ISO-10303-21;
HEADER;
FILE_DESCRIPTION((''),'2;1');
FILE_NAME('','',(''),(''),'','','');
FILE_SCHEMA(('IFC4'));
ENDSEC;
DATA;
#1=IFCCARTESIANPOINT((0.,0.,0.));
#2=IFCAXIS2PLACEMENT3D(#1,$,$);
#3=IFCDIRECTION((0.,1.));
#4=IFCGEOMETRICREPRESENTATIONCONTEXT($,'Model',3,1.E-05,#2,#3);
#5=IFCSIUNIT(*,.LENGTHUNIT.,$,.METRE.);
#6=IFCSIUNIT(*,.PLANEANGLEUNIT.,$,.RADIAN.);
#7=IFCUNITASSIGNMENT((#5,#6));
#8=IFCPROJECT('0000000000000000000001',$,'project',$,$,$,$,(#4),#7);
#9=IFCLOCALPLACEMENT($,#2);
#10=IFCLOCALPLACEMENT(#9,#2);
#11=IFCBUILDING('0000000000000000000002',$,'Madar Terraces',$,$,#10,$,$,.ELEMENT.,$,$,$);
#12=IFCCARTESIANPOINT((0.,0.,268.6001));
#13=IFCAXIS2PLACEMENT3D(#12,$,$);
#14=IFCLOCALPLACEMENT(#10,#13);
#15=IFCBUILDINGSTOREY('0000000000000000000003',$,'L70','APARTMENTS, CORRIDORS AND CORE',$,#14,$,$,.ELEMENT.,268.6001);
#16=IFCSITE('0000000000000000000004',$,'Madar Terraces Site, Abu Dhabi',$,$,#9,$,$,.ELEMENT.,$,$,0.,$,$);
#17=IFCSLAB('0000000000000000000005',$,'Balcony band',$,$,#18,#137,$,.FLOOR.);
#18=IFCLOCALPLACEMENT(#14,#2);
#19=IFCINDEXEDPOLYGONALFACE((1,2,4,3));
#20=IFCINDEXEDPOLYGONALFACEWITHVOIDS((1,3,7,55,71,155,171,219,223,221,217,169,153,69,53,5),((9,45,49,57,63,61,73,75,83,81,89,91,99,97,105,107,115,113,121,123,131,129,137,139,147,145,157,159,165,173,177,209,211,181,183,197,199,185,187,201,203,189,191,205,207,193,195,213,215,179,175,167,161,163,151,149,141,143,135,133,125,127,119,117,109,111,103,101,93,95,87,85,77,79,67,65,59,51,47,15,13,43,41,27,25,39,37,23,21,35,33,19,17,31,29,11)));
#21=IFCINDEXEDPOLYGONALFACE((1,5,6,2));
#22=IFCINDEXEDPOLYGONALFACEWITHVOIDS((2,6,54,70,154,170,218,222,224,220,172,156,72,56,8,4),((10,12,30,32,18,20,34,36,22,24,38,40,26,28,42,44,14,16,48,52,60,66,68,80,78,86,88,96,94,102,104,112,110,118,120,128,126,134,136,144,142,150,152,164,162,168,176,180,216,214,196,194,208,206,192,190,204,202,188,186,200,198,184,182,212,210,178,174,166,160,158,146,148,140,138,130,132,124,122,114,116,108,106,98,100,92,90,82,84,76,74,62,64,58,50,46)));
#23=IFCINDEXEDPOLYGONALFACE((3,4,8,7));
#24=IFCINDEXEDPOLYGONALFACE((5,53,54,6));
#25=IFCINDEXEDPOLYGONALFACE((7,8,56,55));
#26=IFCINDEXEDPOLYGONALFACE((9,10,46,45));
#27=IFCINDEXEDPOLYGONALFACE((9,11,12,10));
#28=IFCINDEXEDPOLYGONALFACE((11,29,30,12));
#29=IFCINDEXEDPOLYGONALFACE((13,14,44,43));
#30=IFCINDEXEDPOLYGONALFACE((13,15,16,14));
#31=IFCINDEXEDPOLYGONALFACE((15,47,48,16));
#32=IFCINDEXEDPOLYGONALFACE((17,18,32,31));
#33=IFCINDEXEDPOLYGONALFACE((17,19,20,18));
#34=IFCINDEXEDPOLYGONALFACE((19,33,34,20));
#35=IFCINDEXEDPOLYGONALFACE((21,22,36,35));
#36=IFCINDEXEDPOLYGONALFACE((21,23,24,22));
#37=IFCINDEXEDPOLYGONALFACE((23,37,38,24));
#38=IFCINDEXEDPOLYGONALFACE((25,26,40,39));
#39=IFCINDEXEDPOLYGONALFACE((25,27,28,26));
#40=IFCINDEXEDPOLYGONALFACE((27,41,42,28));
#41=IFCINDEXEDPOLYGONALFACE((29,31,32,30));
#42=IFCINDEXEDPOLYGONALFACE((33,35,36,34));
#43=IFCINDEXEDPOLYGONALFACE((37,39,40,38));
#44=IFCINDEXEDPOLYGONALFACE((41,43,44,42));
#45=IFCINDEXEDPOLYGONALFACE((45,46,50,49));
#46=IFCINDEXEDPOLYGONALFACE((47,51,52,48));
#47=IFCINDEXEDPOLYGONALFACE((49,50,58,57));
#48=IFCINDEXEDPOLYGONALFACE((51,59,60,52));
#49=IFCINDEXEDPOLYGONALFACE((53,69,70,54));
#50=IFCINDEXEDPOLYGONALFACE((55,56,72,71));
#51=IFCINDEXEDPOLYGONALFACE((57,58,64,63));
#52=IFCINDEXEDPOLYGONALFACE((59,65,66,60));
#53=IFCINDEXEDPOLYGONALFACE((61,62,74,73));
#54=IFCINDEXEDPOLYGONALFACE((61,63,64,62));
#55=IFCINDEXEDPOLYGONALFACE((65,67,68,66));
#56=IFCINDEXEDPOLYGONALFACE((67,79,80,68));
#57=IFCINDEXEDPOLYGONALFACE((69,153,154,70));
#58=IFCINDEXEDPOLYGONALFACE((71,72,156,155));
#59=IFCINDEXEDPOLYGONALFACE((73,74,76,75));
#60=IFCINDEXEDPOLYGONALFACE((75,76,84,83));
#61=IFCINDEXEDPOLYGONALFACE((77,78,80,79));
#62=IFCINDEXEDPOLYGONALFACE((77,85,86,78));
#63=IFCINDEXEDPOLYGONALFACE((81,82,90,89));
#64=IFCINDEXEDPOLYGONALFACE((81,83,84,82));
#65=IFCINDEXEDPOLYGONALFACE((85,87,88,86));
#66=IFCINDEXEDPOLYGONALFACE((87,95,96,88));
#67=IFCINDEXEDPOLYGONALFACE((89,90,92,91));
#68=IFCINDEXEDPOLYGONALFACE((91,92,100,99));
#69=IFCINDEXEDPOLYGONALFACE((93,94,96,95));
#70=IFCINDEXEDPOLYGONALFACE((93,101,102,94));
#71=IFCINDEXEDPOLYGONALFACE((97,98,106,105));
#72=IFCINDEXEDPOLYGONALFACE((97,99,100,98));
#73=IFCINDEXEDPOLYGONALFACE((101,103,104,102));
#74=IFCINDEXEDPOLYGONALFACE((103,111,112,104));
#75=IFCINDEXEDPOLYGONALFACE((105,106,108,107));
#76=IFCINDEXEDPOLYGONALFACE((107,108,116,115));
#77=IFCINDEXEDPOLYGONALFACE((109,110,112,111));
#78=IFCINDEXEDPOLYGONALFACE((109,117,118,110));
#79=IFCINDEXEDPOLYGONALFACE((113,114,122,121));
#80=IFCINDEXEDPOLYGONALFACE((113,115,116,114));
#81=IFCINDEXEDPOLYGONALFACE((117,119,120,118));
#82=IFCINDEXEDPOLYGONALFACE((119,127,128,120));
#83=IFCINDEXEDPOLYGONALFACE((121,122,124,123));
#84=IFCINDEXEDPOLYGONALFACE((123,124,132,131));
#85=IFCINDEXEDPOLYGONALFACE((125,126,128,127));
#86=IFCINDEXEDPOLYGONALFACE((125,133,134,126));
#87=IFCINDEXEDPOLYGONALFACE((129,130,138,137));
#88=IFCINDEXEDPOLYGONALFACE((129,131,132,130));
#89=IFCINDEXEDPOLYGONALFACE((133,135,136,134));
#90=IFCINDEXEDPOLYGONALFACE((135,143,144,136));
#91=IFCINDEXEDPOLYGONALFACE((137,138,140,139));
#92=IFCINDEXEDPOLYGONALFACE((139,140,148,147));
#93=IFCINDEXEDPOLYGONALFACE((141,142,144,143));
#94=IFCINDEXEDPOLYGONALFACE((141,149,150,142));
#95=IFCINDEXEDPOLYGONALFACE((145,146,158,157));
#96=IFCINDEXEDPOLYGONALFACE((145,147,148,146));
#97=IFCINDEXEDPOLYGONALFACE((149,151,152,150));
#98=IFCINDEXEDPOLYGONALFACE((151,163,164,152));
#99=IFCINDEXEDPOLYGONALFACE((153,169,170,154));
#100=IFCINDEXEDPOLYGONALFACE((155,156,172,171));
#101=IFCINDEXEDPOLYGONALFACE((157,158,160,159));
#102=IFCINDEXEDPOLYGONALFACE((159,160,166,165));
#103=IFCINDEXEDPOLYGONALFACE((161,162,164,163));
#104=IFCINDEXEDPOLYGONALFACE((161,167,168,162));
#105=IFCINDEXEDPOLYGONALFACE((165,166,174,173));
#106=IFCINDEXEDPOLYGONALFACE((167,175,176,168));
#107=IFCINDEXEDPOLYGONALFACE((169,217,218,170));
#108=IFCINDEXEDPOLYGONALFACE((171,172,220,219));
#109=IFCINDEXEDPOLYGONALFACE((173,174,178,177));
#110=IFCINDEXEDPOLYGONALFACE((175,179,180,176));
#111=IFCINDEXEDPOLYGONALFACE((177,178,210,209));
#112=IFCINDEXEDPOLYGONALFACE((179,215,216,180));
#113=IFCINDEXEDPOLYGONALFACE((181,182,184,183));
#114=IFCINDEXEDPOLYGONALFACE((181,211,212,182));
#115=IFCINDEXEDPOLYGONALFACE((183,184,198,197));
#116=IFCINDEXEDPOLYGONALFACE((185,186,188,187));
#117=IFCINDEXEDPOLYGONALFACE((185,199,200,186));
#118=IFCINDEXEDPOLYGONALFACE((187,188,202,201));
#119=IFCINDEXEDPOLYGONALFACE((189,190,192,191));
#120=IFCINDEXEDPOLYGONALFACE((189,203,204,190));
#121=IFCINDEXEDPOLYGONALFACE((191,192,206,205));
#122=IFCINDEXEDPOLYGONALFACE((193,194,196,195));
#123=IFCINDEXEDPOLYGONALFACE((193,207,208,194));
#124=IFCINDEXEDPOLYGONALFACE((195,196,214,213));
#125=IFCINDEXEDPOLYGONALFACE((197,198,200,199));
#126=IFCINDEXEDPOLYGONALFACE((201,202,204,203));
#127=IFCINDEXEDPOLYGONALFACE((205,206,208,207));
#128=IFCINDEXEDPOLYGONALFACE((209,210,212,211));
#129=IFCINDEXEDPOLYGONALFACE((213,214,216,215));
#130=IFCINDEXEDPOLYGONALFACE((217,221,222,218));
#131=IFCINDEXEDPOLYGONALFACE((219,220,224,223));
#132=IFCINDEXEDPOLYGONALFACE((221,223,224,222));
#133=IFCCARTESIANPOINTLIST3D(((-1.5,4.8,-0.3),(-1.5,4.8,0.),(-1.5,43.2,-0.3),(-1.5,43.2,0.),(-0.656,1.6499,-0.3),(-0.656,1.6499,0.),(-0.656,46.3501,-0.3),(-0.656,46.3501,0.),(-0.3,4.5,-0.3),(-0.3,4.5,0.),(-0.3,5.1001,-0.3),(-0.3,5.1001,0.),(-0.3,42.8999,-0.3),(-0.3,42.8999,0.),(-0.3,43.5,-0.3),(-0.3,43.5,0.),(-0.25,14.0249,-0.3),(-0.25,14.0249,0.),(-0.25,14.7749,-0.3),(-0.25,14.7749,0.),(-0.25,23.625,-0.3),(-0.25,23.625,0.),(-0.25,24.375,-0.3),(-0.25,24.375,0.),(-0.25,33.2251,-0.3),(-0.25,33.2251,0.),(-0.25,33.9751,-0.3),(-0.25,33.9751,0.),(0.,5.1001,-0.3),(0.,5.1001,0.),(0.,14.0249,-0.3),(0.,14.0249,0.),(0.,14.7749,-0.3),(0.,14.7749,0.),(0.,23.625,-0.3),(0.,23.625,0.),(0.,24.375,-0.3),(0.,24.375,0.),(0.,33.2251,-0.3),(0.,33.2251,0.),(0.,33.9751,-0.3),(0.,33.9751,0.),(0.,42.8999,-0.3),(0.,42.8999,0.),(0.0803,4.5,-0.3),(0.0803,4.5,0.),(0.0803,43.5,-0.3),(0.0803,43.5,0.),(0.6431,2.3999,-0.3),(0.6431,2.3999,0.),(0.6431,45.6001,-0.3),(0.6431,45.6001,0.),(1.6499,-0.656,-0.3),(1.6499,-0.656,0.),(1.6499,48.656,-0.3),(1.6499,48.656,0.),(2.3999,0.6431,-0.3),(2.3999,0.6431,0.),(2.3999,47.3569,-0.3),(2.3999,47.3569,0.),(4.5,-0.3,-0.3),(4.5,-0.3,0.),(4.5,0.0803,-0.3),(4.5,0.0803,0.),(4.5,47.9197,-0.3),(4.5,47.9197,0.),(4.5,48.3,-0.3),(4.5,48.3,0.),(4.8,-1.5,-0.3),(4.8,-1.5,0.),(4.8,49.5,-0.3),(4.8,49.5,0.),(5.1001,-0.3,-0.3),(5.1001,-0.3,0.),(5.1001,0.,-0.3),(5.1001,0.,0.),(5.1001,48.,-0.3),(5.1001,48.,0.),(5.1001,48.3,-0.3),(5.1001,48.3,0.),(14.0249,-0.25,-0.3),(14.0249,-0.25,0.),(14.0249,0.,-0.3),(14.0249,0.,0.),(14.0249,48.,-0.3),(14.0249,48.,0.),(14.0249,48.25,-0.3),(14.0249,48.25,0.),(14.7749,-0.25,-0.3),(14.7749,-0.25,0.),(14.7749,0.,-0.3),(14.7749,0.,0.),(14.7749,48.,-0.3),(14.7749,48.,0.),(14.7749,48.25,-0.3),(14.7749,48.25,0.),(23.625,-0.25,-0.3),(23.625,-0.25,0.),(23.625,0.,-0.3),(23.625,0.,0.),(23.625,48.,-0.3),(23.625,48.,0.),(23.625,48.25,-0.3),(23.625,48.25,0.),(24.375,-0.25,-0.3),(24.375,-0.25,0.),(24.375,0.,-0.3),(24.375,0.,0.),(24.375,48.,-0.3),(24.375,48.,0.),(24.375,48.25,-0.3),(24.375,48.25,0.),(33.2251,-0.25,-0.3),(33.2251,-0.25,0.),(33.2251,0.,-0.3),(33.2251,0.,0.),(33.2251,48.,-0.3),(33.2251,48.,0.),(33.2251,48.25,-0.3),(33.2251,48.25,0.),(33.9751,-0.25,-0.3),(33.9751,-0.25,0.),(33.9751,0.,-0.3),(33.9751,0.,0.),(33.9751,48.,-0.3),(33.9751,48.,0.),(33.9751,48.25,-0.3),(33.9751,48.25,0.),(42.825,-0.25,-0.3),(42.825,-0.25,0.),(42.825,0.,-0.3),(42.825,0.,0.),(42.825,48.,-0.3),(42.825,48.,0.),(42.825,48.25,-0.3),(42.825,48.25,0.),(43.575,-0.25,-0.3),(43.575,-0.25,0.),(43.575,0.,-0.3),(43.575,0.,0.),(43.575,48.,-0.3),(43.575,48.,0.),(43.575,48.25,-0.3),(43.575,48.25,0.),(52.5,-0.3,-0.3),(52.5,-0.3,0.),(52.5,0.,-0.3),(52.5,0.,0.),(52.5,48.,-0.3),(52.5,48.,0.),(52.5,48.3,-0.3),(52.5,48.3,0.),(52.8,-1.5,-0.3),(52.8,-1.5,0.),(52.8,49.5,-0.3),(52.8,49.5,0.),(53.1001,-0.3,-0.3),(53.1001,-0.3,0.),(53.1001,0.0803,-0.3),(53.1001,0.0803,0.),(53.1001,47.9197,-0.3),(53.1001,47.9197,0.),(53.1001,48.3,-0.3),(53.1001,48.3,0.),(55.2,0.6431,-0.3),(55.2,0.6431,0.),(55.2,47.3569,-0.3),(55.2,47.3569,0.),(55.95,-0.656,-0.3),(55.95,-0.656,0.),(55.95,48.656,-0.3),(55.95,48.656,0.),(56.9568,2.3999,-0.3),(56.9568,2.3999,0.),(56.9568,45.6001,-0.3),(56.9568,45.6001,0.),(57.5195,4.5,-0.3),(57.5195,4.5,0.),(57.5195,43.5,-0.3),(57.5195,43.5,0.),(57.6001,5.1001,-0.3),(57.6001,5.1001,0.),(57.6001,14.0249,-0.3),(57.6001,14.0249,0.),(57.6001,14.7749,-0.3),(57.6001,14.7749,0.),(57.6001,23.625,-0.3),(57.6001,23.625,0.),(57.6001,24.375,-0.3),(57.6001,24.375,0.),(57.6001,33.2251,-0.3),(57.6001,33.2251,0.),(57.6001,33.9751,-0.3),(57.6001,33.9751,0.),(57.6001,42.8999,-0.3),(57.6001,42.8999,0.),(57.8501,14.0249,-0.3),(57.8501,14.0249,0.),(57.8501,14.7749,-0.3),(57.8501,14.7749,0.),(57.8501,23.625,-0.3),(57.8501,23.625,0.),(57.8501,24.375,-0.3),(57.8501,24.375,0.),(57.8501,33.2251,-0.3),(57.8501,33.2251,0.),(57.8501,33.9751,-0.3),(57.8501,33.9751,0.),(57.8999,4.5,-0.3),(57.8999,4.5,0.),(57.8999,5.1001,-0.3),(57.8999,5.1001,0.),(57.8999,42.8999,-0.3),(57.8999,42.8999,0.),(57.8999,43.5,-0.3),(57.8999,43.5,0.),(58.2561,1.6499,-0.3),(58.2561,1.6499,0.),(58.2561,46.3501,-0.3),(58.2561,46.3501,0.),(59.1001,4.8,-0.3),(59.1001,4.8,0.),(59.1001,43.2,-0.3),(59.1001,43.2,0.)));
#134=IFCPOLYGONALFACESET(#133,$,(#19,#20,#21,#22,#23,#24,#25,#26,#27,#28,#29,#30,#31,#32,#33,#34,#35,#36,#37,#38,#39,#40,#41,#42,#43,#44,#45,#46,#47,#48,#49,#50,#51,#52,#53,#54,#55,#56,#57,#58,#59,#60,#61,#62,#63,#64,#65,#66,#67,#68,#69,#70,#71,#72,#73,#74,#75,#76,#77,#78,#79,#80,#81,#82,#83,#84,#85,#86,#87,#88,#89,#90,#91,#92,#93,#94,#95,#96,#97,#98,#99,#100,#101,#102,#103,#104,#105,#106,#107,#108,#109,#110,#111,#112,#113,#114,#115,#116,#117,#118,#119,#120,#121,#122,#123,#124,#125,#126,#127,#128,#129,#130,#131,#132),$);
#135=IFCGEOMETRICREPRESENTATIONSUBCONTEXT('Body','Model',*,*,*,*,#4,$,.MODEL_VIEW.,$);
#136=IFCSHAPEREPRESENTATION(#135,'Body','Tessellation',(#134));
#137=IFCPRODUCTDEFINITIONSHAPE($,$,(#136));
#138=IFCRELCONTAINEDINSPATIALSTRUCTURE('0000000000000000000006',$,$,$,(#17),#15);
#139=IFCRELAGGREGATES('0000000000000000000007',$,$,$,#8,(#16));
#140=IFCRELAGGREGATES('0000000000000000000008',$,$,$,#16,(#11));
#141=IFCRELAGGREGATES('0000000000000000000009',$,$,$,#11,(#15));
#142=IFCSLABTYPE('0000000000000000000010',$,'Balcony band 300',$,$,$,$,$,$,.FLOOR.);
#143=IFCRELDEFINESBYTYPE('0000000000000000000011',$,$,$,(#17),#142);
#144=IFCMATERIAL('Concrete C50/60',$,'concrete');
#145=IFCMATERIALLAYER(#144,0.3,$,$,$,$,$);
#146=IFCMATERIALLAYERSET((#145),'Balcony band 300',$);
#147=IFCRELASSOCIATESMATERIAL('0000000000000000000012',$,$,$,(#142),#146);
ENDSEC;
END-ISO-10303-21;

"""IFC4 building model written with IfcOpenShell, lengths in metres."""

from ifc_helpers import new_model, si_unit, direction, frame, origin, place, context, subcontext, project, spatial, polyline, outline, extrude, material, layer, layer_set, type_object, element, save


model = new_model("IFC4")

# Units and contexts
model_context = context("Model", 3, precision=1e-05, world=origin(), true_north=direction((0.0, 1.0)))
body_context = subcontext(model_context, "Body", "Model", "MODEL_VIEW")
ifc_project = project(units=[si_unit("LENGTHUNIT", "METRE"), si_unit("PLANEANGLEUNIT", "RADIAN")], contexts=[model_context])

# Site, building, storey
site_placement = place(None, origin())
site = spatial("IfcSite", under=ifc_project, at=site_placement, Name="Madar Terraces Site, Abu Dhabi", CompositionType="ELEMENT", RefElevation=0.0)
building_placement = place(site_placement, origin())
building = spatial("IfcBuilding", under=site, at=building_placement, Name="Madar Terraces", CompositionType="ELEMENT")
storey_placement = place(building_placement, frame((0.0, 0.0, 268.6001)))
storey = spatial("IfcBuildingStorey", under=building, at=storey_placement, Name="L70", Description="APARTMENTS, CORRIDORS AND CORE", CompositionType="ELEMENT", Elevation=268.6001)

# Slab
ifc_material_1 = material(Name="Concrete C50/60", Category="concrete")
ifc_layer_1 = layer(ifc_material_1, 0.3)
ifc_layer_set_1 = layer_set([ifc_layer_1], Name="Balcony band 300")
slab_type_1 = type_object("IfcSlabType", Name="Balcony band 300", PredefinedType="FLOOR", material=ifc_layer_set_1)
slab_1_placement = place(storey_placement, frame((0.0, 0.0, -0.3)))
element("IfcSlab", 1, at=slab_1_placement, inside=storey, type_object=slab_type_1, Name="Balcony band", PredefinedType="FLOOR", context=body_context, shape_type="SweptSolid", body=[
    extrude(outline(polyline([(4.8, -1.5), (1.6499, -0.656), (-0.656, 1.6499), (-1.5, 4.8), (-1.5, 43.2), (-0.656, 46.3501), (1.6499, 48.656), (4.8, 49.5), (52.8, 49.5), (55.95, 48.656), (58.2561, 46.3501), (59.1001, 43.2), (59.1001, 4.8), (58.2561, 1.6499), (55.95, -0.656), (52.8, -1.5), (4.8, -1.5)]), holes=[polyline([(5.1001, -0.3), (5.1001, 0.0), (14.0249, 0.0), (14.0249, -0.25), (14.7749, -0.25), (14.7749, 0.0), (23.625, 0.0), (23.625, -0.25), (24.375, -0.25), (24.375, 0.0), (33.2251, 0.0), (33.2251, -0.25), (33.9751, -0.25), (33.9751, 0.0), (42.825, 0.0), (42.825, -0.25), (43.575, -0.25), (43.575, 0.0), (52.5, 0.0), (52.5, -0.3), (53.1001, -0.3), (53.1001, 0.0803), (55.2, 0.6431), (56.9568, 2.3999), (57.5195, 4.5), (57.8999, 4.5), (57.8999, 5.1001), (57.6001, 5.1001), (57.6001, 14.0249), (57.8501, 14.0249), (57.8501, 14.7749), (57.6001, 14.7749), (57.6001, 23.625), (57.8501, 23.625), (57.8501, 24.375), (57.6001, 24.375), (57.6001, 33.2251), (57.8501, 33.2251), (57.8501, 33.9751), (57.6001, 33.9751), (57.6001, 42.8999), (57.8999, 42.8999), (57.8999, 43.5), (57.5195, 43.5), (56.9568, 45.6001), (55.2, 47.3569), (53.1001, 47.9197), (53.1001, 48.3), (52.5, 48.3), (52.5, 48.0), (43.575, 48.0), (43.575, 48.25), (42.825, 48.25), (42.825, 48.0), (33.9751, 48.0), (33.9751, 48.25), (33.2251, 48.25), (33.2251, 48.0), (24.375, 48.0), (24.375, 48.25), (23.625, 48.25), (23.625, 48.0), (14.7749, 48.0), (14.7749, 48.25), (14.0249, 48.25), (14.0249, 48.0), (5.1001, 48.0), (5.1001, 48.3), (4.5, 48.3), (4.5, 47.9197), (2.3999, 47.3569), (0.6431, 45.6001), (0.0803, 43.5), (-0.3, 43.5), (-0.3, 42.8999), (0.0, 42.8999), (0.0, 33.9751), (-0.25, 33.9751), (-0.25, 33.2251), (0.0, 33.2251), (0.0, 24.375), (-0.25, 24.375), (-0.25, 23.625), (0.0, 23.625), (0.0, 14.7749), (-0.25, 14.7749), (-0.25, 14.0249), (0.0, 14.0249), (0.0, 5.1001), (-0.3, 5.1001), (-0.3, 4.5), (0.0803, 4.5), (0.6431, 2.3999), (2.3999, 0.6431), (4.5, 0.0803), (4.5, -0.3), (5.1001, -0.3)])]), origin(), (0.0, 0.0, 1.0), 0.3),
])

save(model, "model.ifc")
